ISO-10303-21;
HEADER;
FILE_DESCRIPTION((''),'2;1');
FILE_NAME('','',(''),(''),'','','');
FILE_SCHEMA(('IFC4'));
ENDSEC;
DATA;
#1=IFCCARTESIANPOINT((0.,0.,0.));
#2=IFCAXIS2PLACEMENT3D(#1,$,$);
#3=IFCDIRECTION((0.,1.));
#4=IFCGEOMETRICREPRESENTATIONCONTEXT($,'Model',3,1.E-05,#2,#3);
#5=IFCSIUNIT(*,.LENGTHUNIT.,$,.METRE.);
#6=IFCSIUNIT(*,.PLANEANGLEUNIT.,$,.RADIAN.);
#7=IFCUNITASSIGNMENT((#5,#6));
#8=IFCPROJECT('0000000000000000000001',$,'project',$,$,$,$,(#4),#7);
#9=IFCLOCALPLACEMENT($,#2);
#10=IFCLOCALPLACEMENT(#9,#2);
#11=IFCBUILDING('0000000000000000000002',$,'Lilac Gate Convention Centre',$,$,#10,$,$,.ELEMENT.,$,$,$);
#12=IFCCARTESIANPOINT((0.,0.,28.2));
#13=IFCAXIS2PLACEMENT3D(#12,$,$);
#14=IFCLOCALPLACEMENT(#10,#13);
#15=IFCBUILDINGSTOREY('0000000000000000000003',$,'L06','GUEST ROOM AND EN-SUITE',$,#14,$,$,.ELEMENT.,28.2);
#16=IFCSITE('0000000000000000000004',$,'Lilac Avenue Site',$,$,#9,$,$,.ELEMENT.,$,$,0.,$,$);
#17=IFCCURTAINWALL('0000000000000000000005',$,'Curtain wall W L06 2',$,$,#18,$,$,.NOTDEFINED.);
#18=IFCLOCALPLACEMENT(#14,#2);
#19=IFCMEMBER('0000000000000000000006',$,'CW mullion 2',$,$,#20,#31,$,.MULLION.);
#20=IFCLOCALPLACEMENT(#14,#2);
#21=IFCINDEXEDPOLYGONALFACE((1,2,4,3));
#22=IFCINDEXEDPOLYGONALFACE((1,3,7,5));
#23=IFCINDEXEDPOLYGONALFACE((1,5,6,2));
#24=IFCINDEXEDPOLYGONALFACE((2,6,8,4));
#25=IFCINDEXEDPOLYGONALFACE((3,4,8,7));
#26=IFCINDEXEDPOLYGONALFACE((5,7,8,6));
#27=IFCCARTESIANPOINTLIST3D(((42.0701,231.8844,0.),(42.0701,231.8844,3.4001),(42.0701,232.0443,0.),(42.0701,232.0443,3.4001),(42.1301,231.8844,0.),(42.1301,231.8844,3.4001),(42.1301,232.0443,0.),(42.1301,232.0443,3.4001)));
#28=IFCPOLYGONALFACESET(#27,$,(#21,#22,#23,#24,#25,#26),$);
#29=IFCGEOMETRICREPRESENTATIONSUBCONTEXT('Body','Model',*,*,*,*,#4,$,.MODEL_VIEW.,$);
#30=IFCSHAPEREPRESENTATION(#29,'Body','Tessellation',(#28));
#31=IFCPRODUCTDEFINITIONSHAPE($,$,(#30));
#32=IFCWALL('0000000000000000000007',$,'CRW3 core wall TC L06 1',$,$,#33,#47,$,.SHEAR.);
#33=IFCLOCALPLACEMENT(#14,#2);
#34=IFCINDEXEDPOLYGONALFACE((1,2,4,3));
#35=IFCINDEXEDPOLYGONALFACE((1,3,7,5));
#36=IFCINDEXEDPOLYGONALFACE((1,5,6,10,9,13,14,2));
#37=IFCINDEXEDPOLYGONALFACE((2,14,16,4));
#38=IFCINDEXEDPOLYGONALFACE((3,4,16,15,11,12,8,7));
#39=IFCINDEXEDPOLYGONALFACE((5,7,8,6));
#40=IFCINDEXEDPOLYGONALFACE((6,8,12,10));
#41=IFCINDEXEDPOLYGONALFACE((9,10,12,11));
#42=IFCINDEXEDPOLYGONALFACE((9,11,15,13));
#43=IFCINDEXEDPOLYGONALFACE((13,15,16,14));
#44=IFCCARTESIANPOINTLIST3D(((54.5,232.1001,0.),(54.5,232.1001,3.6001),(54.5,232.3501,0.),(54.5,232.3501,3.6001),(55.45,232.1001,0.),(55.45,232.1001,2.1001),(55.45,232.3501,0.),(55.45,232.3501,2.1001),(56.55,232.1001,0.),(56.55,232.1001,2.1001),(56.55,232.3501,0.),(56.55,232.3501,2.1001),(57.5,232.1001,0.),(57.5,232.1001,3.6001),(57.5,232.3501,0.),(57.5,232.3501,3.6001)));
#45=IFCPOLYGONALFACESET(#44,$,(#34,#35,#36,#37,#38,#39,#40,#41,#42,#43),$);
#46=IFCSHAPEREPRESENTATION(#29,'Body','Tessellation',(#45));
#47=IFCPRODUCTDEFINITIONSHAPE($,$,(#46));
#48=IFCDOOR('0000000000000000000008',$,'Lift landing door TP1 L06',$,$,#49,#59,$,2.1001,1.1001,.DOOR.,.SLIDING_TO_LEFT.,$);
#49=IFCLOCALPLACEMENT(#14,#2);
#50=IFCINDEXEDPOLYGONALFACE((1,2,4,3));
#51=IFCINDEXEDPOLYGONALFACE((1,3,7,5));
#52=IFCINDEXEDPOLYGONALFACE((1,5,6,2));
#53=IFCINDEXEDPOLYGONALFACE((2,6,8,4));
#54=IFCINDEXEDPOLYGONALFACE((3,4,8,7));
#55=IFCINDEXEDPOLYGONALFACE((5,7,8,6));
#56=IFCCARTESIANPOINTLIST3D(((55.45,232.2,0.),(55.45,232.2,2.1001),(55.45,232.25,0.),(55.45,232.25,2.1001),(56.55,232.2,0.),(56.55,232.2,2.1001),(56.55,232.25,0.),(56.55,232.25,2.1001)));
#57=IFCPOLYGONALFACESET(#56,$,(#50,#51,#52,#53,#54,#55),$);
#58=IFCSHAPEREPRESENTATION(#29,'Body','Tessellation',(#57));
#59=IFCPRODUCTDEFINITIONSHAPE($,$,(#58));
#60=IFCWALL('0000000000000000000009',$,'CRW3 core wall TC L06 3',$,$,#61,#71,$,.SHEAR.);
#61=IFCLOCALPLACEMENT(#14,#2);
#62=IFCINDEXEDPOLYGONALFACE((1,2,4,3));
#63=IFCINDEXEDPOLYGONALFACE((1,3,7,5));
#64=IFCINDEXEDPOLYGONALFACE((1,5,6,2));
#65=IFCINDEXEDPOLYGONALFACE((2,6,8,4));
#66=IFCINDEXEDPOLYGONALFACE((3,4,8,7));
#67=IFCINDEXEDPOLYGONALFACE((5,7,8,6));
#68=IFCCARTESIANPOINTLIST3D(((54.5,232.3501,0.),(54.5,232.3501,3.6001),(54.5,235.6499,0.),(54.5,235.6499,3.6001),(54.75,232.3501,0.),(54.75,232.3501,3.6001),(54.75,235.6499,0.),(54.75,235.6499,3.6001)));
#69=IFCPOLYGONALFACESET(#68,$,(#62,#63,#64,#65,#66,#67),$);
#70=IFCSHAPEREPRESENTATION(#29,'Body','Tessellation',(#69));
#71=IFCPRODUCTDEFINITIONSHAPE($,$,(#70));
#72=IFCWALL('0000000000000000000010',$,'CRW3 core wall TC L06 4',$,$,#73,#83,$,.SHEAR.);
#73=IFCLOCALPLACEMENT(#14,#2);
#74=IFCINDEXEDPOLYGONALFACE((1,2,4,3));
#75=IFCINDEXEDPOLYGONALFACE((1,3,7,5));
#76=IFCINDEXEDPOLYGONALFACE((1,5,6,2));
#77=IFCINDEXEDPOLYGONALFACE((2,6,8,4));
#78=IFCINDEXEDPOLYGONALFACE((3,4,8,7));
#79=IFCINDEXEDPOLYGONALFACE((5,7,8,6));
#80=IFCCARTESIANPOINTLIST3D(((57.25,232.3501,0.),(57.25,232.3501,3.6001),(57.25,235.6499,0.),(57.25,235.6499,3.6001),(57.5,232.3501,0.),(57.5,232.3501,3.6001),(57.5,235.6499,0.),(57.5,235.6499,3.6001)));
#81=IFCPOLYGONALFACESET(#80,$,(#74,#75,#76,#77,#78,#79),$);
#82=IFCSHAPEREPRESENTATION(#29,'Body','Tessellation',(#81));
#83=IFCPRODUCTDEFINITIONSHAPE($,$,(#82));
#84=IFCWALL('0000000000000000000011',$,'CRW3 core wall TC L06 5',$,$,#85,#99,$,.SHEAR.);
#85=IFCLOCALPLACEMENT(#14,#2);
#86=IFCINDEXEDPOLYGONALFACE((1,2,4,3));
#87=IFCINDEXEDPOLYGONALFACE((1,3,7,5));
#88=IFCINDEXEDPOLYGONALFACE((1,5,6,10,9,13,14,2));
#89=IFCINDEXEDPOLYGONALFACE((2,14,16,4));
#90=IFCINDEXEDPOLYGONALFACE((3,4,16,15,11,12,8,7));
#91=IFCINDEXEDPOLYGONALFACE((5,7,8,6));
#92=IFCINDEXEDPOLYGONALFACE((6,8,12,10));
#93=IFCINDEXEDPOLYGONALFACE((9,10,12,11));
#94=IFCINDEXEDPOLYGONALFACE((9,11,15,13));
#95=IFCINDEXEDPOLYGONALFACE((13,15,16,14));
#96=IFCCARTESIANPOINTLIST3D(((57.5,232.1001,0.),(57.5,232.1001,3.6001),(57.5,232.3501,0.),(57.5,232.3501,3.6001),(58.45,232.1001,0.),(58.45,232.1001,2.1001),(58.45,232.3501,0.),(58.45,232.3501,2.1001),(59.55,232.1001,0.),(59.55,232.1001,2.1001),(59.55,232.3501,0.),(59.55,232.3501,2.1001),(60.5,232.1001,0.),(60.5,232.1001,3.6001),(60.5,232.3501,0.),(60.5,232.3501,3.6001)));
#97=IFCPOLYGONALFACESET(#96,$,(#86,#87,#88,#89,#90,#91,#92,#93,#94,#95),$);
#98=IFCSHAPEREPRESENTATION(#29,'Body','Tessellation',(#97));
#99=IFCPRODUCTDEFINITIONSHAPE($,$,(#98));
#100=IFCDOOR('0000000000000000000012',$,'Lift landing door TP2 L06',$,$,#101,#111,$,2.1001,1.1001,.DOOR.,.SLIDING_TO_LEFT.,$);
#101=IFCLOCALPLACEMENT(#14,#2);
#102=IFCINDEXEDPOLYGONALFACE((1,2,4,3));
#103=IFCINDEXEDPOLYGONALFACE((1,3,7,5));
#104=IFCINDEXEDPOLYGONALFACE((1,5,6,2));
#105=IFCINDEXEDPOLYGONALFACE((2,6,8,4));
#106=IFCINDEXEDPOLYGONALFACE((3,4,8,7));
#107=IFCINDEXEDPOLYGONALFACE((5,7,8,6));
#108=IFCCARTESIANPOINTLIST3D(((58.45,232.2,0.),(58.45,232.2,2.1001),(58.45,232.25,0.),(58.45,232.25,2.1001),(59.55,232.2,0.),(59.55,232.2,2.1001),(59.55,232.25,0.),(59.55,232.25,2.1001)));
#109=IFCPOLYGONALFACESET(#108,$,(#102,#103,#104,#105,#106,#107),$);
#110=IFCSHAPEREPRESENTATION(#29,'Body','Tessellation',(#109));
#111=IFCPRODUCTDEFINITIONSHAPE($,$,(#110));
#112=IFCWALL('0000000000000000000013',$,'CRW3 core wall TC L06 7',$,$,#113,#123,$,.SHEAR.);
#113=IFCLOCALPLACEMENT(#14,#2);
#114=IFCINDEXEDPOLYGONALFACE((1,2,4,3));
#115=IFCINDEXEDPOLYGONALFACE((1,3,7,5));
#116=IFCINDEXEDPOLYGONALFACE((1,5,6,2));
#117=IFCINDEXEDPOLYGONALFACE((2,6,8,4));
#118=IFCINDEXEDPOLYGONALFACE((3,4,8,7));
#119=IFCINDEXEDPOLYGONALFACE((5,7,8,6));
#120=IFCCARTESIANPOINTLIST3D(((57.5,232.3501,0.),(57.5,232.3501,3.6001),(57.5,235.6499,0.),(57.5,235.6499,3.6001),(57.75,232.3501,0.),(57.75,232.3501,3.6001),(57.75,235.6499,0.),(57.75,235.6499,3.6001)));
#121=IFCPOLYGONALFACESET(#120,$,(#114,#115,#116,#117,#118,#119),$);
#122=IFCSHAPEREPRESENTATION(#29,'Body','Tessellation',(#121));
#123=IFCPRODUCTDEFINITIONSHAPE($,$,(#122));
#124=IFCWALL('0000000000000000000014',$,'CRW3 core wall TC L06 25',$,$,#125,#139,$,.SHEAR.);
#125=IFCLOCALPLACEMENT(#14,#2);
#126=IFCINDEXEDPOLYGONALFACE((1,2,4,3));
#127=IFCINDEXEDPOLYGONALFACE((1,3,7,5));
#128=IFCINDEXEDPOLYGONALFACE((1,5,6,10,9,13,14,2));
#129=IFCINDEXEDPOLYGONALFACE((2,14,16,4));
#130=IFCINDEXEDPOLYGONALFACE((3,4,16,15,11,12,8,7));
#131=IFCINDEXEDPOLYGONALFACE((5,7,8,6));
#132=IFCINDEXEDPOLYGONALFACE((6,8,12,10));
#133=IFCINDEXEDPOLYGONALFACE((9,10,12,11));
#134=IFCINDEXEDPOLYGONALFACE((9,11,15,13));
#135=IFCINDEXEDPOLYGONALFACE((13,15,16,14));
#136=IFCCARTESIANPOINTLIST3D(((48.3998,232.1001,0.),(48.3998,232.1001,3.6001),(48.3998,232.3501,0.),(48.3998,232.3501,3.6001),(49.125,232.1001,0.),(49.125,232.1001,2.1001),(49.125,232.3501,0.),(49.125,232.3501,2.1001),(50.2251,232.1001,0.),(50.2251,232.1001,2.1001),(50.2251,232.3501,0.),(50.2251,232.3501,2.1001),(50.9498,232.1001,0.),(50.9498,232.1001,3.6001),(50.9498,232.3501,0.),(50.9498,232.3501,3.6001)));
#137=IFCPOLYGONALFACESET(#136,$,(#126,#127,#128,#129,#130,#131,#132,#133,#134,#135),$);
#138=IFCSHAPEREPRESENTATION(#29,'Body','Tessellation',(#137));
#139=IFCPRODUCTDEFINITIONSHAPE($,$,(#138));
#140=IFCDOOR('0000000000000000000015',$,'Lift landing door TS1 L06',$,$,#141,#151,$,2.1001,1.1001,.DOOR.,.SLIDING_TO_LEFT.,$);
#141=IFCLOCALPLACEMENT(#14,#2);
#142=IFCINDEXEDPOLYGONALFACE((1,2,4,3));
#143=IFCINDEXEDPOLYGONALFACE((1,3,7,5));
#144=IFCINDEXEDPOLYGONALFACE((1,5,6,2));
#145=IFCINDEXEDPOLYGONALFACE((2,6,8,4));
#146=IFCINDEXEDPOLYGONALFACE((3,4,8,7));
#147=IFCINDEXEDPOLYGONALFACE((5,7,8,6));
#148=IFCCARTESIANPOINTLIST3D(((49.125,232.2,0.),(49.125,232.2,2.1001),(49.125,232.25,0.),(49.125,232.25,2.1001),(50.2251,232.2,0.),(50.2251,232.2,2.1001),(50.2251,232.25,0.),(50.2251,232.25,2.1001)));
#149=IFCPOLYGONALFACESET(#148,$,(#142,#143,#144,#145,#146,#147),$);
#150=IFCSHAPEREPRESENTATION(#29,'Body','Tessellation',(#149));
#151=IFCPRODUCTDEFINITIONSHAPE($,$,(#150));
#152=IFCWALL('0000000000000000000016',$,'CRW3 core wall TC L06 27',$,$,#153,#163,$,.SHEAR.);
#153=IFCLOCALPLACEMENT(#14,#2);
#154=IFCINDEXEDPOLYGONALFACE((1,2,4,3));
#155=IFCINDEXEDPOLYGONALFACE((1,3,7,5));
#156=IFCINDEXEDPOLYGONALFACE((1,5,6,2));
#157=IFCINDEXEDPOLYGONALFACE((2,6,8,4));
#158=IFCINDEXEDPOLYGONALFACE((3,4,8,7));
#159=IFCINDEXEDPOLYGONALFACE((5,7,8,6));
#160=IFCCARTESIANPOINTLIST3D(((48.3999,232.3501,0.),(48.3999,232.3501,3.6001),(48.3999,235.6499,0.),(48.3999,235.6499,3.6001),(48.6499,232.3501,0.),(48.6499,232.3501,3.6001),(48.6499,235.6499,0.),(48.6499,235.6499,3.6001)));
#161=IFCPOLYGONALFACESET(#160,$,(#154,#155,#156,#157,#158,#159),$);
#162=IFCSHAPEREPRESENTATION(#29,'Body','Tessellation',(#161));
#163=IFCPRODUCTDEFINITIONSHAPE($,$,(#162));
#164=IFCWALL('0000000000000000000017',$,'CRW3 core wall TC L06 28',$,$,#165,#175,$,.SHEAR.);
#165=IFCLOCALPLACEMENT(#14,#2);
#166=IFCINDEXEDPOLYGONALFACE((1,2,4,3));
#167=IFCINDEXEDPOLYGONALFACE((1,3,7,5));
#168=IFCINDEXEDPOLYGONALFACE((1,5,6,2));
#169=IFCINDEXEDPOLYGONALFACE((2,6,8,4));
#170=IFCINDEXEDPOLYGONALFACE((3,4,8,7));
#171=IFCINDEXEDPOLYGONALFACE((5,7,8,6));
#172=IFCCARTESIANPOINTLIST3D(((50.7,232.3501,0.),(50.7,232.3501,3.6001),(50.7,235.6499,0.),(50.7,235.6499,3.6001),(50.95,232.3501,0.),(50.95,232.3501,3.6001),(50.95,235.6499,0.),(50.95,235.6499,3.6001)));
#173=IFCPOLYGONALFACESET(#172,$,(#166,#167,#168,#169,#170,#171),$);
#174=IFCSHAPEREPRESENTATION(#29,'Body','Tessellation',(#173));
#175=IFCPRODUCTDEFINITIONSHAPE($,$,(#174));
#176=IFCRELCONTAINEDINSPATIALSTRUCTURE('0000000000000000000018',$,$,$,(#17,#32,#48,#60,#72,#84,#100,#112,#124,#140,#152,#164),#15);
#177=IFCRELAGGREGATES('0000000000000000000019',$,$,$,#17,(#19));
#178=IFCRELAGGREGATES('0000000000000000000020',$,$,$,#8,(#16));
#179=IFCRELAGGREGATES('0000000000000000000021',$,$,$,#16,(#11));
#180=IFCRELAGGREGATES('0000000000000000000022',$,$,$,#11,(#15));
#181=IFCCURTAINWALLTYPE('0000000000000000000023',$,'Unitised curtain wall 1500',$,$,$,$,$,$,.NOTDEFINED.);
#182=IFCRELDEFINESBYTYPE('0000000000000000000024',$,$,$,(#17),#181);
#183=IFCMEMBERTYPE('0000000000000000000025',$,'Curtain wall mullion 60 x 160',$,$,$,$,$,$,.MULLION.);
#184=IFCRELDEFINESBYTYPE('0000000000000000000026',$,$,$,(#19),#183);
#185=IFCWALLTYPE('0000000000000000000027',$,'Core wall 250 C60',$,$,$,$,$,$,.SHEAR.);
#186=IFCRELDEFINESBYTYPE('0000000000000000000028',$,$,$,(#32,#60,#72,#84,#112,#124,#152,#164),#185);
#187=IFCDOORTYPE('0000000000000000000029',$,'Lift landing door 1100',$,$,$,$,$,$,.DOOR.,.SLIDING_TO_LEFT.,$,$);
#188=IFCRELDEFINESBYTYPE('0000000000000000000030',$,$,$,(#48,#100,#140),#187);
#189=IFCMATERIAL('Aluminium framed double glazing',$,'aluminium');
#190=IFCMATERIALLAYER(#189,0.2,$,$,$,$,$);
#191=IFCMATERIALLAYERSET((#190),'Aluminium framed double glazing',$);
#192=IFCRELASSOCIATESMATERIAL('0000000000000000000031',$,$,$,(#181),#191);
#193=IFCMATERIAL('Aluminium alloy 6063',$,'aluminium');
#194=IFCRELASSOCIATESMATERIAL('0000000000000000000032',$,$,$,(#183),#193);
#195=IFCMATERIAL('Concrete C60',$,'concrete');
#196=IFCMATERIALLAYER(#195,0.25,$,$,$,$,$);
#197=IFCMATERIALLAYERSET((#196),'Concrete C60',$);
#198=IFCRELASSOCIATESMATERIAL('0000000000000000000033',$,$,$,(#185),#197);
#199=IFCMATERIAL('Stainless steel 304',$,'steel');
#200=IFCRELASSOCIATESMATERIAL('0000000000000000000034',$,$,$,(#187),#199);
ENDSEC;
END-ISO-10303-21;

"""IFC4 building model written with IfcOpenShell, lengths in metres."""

from ifc_helpers import new_model, si_unit, direction, frame, frame_2d, origin, origin_2d, place, context, subcontext, project, spatial, rectangle, extrude, material, layer, layer_set, material_profile, profile_set, type_object, element, fill, aggregate, save


model = new_model("IFC4")

# Units and contexts
model_context = context("Model", 3, precision=1e-05, world=origin(), true_north=direction((0.0, 1.0)))
body_context = subcontext(model_context, "Body", "Model", "MODEL_VIEW")
ifc_project = project(units=[si_unit("LENGTHUNIT", "METRE"), si_unit("PLANEANGLEUNIT", "RADIAN")], contexts=[model_context])

# Site, building, storey
site_placement = place(None, origin())
site = spatial("IfcSite", under=ifc_project, at=site_placement, Name="Lilac Avenue Site", CompositionType="ELEMENT", RefElevation=0.0)
building_placement = place(site_placement, origin())
building = spatial("IfcBuilding", under=site, at=building_placement, Name="Lilac Gate Convention Centre", CompositionType="ELEMENT")
storey_placement = place(building_placement, frame((0.0, 0.0, 28.2)))
storey = spatial("IfcBuildingStorey", under=building, at=storey_placement, Name="L06", Description="GUEST ROOM AND EN-SUITE", CompositionType="ELEMENT", Elevation=28.2)

# Curtain wall, member
ifc_material_1 = material(Name="Aluminium framed double glazing", Category="aluminium")
ifc_layer_1 = layer(ifc_material_1, 0.2)
ifc_layer_set_1 = layer_set([ifc_layer_1], Name="Aluminium framed double glazing")
curtain_wall_type = type_object("IfcCurtainWallType", Name="Unitised curtain wall 1500", PredefinedType="NOTDEFINED", material=ifc_layer_set_1)
curtain_wall_placement = place(storey_placement, origin())
curtain_wall = element("IfcCurtainWall", 1, at=curtain_wall_placement, inside=storey, type_object=curtain_wall_type, Name="Curtain wall W L06 2", PredefinedType="NOTDEFINED")
ifc_material_2 = material(Name="Aluminium alloy 6063", Category="aluminium")
ifc_material_profile = material_profile(ifc_material_2, rectangle(XDim=0.0601, YDim=0.1599, at=origin_2d()), Name="Curtain wall mullion 60 x 160")
ifc_profile_set = profile_set([ifc_material_profile], Name="Aluminium alloy 6063")
member_type = type_object("IfcMemberType", Name="Curtain wall mullion 60 x 160", PredefinedType="MULLION", material=ifc_profile_set)
member_placement = place(storey_placement, frame((42.1001, 231.9644, 0.0), z_axis=(0.0, 0.0, 1.0), x_axis=(1.0, 0.0, 0.0)))
member = element("IfcMember", 2, at=member_placement, type_object=member_type, Name="CW mullion 2", PredefinedType="MULLION", context=body_context, shape_type="SweptSolid", body=[
    extrude(rectangle(XDim=0.0601, YDim=0.1599, at=origin_2d()), origin(), (0.0, 0.0, 1.0), 3.4001),
])
aggregate(curtain_wall, [member])

# Wall, opening, door
ifc_material_3 = material(Name="Concrete C60", Category="concrete")
ifc_layer_2 = layer(ifc_material_3, 0.25)
ifc_layer_set_2 = layer_set([ifc_layer_2], Name="Concrete C60")
wall_type_1 = type_object("IfcWallType", Name="Core wall 250 C60", PredefinedType="SHEAR", material=ifc_layer_set_2)
wall_1_placement = place(storey_placement, frame((54.5, 232.2251, 0.0), z_axis=(0.0, 0.0, 1.0), x_axis=(1.0, 0.0, 0.0)))
wall_1 = element("IfcWall", 3, at=wall_1_placement, inside=storey, type_object=wall_type_1, Name="CRW3 core wall TC L06 1", PredefinedType="SHEAR", context=body_context, shape_type="SweptSolid", body=[
    extrude(rectangle(XDim=3.0, YDim=0.25, at=frame_2d((1.5, 0.0))), origin(), (0.0, 0.0, 1.0), 3.6001),
])
opening_1_placement = place(wall_1_placement, frame((0.95, 0.0, 0.0)))
opening_1 = element("IfcOpeningElement", 4, at=opening_1_placement, cuts=wall_1, PredefinedType="OPENING", context=body_context, shape_type="SweptSolid", body=[
    extrude(rectangle(XDim=1.1001, YDim=2.1001, at=frame_2d((0.55, 1.05))), frame((0.0, 0.135, 0.0), z_axis=(0.0, -1.0, 0.0), x_axis=(1.0, 0.0, 0.0)), (0.0, 0.0, 1.0), 0.27),
])
ifc_material_4 = material(Name="Stainless steel 304", Category="steel")
door_type_1 = type_object("IfcDoorType", Name="Lift landing door 1100", OperationType="SLIDING_TO_LEFT", PredefinedType="DOOR", material=ifc_material_4)
door_1_placement = place(opening_1_placement, origin())
door_1 = element("IfcDoor", 5, at=door_1_placement, inside=storey, type_object=door_type_1, Name="Lift landing door TP1 L06", OperationType="SLIDING_TO_LEFT", OverallHeight=2.1001, OverallWidth=1.1001, PredefinedType="DOOR", context=body_context, shape_type="SweptSolid", body=[
    extrude(rectangle(XDim=1.1001, YDim=2.1001, at=frame_2d((0.55, 1.05))), frame((0.0, 0.0249, 0.0), z_axis=(0.0, -1.0, 0.0), x_axis=(1.0, 0.0, 0.0)), (0.0, 0.0, 1.0), 0.05),
])
fill(opening_1, door_1)

# Walls
for number, where, z_axis, x_axis, name in (
    (6, (54.625, 232.3501, 0.0), (0.0, 0.0, 1.0), (0.0, 1.0, 0.0), "CRW3 core wall TC L06 3"),
    (7, (57.375, 232.3501, 0.0), (0.0, 0.0, 1.0), (0.0, 1.0, 0.0), "CRW3 core wall TC L06 4"),
):
    element("IfcWall", number, at=place(storey_placement, frame(where, z_axis=z_axis, x_axis=x_axis)), inside=storey, type_object=wall_type_1, Name=name, PredefinedType="SHEAR", context=body_context, shape_type="SweptSolid", body=[
        extrude(rectangle(XDim=3.2998, YDim=0.25, at=frame_2d((1.6499, 0.0))), origin(), (0.0, 0.0, 1.0), 3.6001),
    ])

# Wall, opening, door
wall_2_placement = place(storey_placement, frame((57.5, 232.2251, 0.0), z_axis=(0.0, 0.0, 1.0), x_axis=(1.0, 0.0, 0.0)))
wall_2 = element("IfcWall", 8, at=wall_2_placement, inside=storey, type_object=wall_type_1, Name="CRW3 core wall TC L06 5", PredefinedType="SHEAR", context=body_context, shape_type="SweptSolid", body=[
    extrude(rectangle(XDim=3.0, YDim=0.25, at=frame_2d((1.5, 0.0))), origin(), (0.0, 0.0, 1.0), 3.6001),
])
opening_2_placement = place(wall_2_placement, frame((0.95, 0.0, 0.0)))
opening_2 = element("IfcOpeningElement", 9, at=opening_2_placement, cuts=wall_2, PredefinedType="OPENING", context=body_context, shape_type="SweptSolid", body=[
    extrude(rectangle(XDim=1.1001, YDim=2.1001, at=frame_2d((0.55, 1.05))), frame((0.0, 0.135, 0.0), z_axis=(0.0, -1.0, 0.0), x_axis=(1.0, 0.0, 0.0)), (0.0, 0.0, 1.0), 0.27),
])
door_2_placement = place(opening_2_placement, origin())
door_2 = element("IfcDoor", 10, at=door_2_placement, inside=storey, type_object=door_type_1, Name="Lift landing door TP2 L06", OperationType="SLIDING_TO_LEFT", OverallHeight=2.1001, OverallWidth=1.1001, PredefinedType="DOOR", context=body_context, shape_type="SweptSolid", body=[
    extrude(rectangle(XDim=1.1001, YDim=2.1001, at=frame_2d((0.55, 1.05))), frame((0.0, 0.0249, 0.0), z_axis=(0.0, -1.0, 0.0), x_axis=(1.0, 0.0, 0.0)), (0.0, 0.0, 1.0), 0.05),
])
fill(opening_2, door_2)

# Wall
wall_3_placement = place(storey_placement, frame((57.625, 232.3501, 0.0), z_axis=(0.0, 0.0, 1.0), x_axis=(0.0, 1.0, 0.0)))
element("IfcWall", 11, at=wall_3_placement, inside=storey, type_object=wall_type_1, Name="CRW3 core wall TC L06 7", PredefinedType="SHEAR", context=body_context, shape_type="SweptSolid", body=[
    extrude(rectangle(XDim=3.2998, YDim=0.25, at=frame_2d((1.6499, 0.0))), origin(), (0.0, 0.0, 1.0), 3.6001),
])

# Wall, opening, door
wall_4_placement = place(storey_placement, frame((48.3999, 232.2251, 0.0), z_axis=(0.0, 0.0, 1.0), x_axis=(1.0, 0.0, 0.0)))
wall_4 = element("IfcWall", 12, at=wall_4_placement, inside=storey, type_object=wall_type_1, Name="CRW3 core wall TC L06 25", PredefinedType="SHEAR", context=body_context, shape_type="SweptSolid", body=[
    extrude(rectangle(XDim=2.55, YDim=0.25, at=frame_2d((1.2749, 0.0))), origin(), (0.0, 0.0, 1.0), 3.6001),
])
opening_3_placement = place(wall_4_placement, frame((0.7251, 0.0, 0.0)))
opening_3 = element("IfcOpeningElement", 13, at=opening_3_placement, cuts=wall_4, PredefinedType="OPENING", context=body_context, shape_type="SweptSolid", body=[
    extrude(rectangle(XDim=1.1001, YDim=2.1001, at=frame_2d((0.55, 1.05))), frame((0.0, 0.135, 0.0), z_axis=(0.0, -1.0, 0.0), x_axis=(1.0, 0.0, 0.0)), (0.0, 0.0, 1.0), 0.27),
])
door_3_placement = place(opening_3_placement, origin())
door_3 = element("IfcDoor", 14, at=door_3_placement, inside=storey, type_object=door_type_1, Name="Lift landing door TS1 L06", OperationType="SLIDING_TO_LEFT", OverallHeight=2.1001, OverallWidth=1.1001, PredefinedType="DOOR", context=body_context, shape_type="SweptSolid", body=[
    extrude(rectangle(XDim=1.1001, YDim=2.1001, at=frame_2d((0.55, 1.05))), frame((0.0, 0.0249, 0.0), z_axis=(0.0, -1.0, 0.0), x_axis=(1.0, 0.0, 0.0)), (0.0, 0.0, 1.0), 0.05),
])
fill(opening_3, door_3)

# Walls
for number, where, z_axis, x_axis, name in (
    (15, (48.5249, 232.3501, 0.0), (0.0, 0.0, 1.0), (0.0, 1.0, 0.0), "CRW3 core wall TC L06 27"),
    (16, (50.825, 232.3501, 0.0), (0.0, 0.0, 1.0), (0.0, 1.0, 0.0), "CRW3 core wall TC L06 28"),
):
    element("IfcWall", number, at=place(storey_placement, frame(where, z_axis=z_axis, x_axis=x_axis)), inside=storey, type_object=wall_type_1, Name=name, PredefinedType="SHEAR", context=body_context, shape_type="SweptSolid", body=[
        extrude(rectangle(XDim=3.2998, YDim=0.25, at=frame_2d((1.6499, 0.0))), origin(), (0.0, 0.0, 1.0), 3.6001),
    ])

save(model, "model.ifc")
